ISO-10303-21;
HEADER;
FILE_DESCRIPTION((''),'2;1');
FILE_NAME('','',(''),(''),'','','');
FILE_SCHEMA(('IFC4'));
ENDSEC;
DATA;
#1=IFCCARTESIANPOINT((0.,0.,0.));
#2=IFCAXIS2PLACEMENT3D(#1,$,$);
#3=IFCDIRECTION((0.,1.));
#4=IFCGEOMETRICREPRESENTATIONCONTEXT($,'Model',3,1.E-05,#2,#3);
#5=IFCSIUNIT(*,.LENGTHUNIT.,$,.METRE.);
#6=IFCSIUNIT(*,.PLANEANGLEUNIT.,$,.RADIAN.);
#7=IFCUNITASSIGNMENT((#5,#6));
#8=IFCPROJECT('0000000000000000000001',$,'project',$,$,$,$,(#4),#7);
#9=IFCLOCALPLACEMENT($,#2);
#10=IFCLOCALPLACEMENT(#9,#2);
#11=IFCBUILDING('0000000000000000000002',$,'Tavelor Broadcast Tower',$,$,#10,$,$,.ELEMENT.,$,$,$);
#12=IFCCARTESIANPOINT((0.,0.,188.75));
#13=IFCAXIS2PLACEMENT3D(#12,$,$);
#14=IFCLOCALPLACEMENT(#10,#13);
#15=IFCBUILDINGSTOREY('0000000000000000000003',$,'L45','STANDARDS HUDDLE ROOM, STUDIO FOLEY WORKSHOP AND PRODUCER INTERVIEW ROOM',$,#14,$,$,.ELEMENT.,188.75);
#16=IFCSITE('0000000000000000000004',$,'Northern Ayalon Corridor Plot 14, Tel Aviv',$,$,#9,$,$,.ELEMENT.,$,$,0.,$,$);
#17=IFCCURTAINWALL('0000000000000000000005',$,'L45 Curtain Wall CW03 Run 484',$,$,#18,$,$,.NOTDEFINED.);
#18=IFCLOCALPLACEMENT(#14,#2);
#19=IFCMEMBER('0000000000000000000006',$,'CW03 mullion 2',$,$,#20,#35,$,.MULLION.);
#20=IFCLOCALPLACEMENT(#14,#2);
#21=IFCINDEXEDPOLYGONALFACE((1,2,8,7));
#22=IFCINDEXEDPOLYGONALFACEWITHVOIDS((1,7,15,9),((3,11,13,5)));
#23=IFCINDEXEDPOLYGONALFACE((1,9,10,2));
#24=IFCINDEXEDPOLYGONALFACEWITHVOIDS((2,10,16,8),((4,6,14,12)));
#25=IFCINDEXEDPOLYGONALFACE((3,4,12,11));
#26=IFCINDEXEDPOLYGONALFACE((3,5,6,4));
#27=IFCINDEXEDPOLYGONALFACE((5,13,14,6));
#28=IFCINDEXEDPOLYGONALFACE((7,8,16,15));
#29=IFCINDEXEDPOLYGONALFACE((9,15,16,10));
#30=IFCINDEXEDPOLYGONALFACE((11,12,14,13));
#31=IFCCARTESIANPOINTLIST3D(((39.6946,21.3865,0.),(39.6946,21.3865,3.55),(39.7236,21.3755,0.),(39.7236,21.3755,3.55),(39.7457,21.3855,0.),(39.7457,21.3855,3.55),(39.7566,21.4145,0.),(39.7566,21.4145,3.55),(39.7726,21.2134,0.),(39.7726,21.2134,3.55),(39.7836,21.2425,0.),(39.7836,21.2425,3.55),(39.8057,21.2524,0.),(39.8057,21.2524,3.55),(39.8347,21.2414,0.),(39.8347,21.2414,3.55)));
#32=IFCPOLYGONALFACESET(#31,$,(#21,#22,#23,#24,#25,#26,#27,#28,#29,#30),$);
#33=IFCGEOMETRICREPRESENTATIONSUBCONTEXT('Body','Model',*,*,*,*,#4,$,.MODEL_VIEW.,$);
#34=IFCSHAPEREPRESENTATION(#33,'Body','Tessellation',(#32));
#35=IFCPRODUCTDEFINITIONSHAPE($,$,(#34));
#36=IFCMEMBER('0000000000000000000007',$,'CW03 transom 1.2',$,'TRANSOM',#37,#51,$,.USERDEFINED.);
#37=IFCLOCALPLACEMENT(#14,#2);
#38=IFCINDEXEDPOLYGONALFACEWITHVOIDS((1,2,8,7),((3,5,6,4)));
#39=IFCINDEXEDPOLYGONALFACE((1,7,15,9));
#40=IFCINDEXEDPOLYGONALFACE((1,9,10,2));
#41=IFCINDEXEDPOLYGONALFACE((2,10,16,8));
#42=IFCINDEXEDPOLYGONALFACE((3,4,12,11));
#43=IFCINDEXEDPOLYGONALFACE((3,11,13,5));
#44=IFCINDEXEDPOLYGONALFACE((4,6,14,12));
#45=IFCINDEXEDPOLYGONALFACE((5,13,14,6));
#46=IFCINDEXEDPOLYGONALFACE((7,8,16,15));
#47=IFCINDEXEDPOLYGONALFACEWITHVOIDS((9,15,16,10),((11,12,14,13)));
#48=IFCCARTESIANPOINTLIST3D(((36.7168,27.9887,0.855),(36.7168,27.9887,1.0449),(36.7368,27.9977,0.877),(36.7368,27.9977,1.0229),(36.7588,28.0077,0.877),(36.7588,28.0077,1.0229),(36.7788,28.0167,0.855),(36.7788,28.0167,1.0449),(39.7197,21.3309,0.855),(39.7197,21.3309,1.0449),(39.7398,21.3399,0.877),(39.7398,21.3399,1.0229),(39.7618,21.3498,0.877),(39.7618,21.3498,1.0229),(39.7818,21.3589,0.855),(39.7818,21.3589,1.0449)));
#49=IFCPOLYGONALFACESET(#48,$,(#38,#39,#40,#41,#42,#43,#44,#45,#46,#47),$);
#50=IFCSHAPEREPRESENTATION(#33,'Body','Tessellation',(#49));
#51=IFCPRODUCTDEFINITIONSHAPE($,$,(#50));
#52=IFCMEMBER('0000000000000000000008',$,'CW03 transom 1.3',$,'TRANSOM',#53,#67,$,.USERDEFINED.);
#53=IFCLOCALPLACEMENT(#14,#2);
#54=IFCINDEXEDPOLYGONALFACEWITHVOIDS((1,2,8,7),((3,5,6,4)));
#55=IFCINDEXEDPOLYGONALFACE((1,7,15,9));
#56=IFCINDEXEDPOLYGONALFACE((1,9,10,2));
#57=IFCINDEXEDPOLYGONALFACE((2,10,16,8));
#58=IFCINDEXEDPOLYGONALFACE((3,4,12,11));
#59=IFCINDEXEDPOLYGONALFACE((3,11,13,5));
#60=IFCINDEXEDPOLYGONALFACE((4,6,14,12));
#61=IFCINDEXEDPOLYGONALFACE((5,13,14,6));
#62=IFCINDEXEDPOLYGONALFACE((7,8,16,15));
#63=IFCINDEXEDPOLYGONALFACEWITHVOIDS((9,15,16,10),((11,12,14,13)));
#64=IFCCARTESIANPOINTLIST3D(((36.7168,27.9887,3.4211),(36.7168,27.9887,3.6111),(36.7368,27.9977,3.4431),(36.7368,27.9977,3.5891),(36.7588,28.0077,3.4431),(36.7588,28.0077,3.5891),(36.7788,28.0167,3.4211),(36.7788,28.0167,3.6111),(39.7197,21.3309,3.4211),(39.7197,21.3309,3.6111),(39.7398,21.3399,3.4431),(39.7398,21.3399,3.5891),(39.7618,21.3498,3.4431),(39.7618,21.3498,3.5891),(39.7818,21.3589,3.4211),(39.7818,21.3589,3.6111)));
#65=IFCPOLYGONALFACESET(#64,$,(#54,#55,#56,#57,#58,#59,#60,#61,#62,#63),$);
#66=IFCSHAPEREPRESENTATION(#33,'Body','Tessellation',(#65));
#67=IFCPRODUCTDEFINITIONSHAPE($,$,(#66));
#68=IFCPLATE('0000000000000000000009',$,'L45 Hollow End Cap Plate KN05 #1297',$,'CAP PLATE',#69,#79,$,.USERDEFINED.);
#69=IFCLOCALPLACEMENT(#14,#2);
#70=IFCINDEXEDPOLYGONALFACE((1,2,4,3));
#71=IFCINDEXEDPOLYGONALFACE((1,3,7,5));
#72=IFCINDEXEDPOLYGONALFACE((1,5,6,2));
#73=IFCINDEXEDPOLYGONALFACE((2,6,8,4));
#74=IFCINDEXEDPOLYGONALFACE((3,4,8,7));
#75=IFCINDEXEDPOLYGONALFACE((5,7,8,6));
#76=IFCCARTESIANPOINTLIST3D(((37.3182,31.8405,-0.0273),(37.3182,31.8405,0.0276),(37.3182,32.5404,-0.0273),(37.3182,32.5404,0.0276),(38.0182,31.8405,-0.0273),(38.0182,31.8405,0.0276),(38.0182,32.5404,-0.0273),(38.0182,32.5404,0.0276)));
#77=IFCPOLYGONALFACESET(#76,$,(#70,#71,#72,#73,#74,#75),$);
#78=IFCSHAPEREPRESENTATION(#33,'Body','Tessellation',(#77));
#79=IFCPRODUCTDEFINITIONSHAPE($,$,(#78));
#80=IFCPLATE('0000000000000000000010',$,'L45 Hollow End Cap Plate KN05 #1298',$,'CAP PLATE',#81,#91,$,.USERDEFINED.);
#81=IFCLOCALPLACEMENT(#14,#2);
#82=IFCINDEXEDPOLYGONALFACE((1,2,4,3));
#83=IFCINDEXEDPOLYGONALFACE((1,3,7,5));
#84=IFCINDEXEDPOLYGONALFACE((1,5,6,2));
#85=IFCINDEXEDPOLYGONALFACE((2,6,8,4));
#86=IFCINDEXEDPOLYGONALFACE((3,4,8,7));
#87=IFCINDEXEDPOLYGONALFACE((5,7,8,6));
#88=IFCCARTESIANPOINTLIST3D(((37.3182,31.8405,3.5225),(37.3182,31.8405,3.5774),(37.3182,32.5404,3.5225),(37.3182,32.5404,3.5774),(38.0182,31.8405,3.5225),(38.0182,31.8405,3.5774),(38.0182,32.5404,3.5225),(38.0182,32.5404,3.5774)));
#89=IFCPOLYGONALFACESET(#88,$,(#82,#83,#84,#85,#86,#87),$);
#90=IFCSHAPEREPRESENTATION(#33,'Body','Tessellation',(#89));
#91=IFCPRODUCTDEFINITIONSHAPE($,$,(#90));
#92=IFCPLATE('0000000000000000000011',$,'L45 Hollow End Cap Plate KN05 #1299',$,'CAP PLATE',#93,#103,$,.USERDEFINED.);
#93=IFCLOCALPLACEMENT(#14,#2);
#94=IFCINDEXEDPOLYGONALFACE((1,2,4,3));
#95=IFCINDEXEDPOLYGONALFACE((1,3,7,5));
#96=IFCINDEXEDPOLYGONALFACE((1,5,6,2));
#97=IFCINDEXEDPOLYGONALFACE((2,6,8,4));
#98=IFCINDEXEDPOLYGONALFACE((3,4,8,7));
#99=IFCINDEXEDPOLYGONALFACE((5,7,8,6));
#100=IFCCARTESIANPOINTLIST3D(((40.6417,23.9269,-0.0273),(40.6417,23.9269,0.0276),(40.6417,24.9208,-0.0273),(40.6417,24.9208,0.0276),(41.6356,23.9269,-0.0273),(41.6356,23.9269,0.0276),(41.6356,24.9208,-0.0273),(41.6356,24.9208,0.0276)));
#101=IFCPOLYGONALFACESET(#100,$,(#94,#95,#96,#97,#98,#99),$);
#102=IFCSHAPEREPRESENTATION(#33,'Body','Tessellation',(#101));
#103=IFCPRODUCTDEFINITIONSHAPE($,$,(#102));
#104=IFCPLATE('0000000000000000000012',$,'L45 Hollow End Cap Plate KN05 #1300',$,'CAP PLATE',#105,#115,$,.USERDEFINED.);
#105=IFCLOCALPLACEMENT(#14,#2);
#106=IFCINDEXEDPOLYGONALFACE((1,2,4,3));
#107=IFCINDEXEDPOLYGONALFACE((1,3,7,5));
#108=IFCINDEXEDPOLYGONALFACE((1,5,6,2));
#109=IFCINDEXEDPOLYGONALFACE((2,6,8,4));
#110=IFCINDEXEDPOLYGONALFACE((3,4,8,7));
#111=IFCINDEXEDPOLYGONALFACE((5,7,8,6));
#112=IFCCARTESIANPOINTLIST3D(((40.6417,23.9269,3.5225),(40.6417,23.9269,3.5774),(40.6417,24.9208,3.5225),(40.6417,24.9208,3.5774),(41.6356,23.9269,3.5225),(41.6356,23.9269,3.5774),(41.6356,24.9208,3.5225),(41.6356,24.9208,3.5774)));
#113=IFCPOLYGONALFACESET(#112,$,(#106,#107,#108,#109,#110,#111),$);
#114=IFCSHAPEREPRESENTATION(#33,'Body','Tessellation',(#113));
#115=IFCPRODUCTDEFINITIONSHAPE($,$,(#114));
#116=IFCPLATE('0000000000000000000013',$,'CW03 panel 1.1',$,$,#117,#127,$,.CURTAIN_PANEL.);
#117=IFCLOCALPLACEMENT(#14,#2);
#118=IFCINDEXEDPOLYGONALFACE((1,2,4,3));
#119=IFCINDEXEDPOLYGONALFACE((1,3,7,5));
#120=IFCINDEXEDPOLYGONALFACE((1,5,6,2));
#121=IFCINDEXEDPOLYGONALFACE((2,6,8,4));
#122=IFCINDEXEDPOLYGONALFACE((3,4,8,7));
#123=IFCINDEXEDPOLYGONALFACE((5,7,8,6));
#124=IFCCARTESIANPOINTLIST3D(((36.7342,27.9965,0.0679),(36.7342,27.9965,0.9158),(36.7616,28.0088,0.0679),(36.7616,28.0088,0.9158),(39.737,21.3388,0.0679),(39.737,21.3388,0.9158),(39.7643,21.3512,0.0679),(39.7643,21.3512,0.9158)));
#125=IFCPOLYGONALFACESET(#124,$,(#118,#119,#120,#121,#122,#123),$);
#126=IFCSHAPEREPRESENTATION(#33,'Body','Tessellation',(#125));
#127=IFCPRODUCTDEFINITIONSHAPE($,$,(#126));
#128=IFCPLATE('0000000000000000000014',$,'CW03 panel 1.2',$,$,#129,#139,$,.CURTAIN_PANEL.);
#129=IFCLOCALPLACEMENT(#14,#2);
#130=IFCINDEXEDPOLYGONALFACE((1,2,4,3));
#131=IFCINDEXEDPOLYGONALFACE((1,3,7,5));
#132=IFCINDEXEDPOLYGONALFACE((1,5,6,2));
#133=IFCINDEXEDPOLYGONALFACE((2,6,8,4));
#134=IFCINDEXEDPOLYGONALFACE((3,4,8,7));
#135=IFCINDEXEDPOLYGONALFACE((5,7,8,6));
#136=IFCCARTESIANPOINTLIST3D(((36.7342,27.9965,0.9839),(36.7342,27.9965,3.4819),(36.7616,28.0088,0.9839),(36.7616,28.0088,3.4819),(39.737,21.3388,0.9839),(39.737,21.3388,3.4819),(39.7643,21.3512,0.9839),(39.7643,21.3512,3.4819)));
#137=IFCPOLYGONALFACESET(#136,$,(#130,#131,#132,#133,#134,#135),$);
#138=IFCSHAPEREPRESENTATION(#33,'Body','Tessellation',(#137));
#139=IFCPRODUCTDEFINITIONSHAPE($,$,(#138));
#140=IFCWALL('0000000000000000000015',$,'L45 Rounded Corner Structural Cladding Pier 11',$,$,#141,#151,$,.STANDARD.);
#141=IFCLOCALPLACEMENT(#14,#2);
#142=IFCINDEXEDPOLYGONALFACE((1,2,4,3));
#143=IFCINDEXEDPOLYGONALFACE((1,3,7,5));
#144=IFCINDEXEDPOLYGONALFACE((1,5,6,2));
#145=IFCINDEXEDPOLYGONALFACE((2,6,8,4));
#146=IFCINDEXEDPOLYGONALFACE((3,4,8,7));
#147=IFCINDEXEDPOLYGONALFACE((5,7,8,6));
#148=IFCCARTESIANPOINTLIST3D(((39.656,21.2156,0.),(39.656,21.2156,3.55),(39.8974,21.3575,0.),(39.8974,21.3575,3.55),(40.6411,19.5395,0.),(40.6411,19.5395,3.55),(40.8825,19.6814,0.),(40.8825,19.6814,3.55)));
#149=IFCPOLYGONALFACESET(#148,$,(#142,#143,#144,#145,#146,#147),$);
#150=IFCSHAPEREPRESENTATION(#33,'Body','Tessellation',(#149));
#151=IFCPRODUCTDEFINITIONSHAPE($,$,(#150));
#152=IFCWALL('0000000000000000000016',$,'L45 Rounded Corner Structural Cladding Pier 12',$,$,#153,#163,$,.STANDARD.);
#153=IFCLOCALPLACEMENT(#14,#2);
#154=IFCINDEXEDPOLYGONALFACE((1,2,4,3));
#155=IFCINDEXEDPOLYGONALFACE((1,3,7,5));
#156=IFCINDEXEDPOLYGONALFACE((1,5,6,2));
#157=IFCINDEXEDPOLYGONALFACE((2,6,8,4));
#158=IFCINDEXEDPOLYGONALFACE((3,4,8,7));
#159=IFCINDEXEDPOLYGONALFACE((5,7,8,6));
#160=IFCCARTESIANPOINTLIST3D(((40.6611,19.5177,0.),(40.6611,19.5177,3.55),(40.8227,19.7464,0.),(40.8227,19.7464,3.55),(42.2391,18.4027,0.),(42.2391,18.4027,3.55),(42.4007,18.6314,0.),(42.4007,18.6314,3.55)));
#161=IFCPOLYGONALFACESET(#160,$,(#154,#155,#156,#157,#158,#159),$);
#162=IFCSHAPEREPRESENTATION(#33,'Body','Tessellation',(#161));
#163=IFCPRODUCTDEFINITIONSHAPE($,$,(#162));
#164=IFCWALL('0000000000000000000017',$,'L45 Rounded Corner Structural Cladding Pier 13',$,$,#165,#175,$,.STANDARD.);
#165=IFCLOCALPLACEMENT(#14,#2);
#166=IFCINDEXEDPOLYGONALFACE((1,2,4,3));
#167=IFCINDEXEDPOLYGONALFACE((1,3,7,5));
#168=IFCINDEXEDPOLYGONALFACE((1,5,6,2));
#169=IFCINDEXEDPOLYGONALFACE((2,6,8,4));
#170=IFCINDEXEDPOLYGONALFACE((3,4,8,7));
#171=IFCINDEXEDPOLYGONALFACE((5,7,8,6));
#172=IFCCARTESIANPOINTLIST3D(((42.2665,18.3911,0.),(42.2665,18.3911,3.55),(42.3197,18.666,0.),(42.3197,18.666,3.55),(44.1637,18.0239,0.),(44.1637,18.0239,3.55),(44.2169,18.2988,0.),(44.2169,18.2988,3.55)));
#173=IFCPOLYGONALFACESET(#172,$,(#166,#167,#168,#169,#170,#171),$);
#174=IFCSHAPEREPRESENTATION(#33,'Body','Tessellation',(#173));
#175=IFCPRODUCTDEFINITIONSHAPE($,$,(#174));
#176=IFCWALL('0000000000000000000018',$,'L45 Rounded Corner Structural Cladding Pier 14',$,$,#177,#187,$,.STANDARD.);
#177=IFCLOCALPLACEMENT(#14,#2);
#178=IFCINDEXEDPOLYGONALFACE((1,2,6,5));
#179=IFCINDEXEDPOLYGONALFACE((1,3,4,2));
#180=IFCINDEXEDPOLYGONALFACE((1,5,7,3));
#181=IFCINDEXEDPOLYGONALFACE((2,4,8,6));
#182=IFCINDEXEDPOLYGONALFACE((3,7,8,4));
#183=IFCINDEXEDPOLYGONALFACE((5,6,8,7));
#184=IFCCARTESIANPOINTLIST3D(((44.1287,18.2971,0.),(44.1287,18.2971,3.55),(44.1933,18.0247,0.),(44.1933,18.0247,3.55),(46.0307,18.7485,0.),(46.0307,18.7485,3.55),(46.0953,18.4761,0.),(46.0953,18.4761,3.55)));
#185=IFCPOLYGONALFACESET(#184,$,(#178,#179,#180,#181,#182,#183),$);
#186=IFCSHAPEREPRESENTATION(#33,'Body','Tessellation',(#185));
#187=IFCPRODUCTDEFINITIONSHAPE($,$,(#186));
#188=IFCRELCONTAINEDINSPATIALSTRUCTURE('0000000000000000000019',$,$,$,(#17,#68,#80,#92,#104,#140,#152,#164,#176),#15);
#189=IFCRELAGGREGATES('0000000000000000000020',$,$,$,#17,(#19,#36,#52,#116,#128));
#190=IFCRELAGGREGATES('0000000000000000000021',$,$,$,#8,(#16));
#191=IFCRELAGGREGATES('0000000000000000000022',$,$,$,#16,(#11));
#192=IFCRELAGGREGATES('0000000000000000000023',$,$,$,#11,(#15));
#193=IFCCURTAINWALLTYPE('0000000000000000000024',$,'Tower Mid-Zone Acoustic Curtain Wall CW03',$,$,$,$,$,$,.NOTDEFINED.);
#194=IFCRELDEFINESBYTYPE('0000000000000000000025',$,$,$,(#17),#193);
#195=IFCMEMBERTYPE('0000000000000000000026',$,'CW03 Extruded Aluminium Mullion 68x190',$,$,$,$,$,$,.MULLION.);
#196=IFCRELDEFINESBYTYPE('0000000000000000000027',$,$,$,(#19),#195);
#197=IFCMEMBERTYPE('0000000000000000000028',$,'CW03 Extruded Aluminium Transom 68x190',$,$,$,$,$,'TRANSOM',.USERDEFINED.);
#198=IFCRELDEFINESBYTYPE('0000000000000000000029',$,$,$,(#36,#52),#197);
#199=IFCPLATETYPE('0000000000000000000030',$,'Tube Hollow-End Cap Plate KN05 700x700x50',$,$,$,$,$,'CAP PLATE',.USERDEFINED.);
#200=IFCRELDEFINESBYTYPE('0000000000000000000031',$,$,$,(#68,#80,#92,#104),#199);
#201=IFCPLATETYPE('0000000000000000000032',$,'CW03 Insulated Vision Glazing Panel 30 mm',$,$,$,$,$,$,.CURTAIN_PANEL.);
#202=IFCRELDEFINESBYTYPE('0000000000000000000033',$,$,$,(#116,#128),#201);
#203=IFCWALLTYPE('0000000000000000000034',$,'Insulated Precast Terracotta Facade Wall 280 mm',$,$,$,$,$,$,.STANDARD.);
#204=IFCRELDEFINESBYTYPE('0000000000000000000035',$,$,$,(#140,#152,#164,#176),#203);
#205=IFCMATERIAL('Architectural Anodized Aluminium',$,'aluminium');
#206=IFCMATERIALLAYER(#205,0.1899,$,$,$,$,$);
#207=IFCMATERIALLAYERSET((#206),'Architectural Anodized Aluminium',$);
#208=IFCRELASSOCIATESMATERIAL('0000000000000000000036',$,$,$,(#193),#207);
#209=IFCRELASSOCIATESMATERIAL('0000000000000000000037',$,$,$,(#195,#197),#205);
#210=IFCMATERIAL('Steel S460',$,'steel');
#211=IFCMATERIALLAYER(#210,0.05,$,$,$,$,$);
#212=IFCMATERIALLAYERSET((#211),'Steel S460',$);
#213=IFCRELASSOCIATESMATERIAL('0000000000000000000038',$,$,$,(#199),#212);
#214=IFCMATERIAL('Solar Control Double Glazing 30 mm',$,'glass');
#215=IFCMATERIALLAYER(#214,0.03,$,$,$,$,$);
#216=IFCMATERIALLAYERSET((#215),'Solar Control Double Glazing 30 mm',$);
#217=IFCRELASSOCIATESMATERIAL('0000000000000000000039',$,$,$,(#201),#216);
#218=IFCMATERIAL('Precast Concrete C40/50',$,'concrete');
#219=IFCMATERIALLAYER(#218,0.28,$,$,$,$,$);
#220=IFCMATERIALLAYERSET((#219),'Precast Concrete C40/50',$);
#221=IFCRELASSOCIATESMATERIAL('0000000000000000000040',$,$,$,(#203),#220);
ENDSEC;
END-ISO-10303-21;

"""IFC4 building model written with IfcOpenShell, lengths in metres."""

from ifc_helpers import new_model, si_unit, direction, frame, frame_2d, origin, origin_2d, place, context, subcontext, project, spatial, rectangle, hollow_rectangle, extrude, source, transform, mapped, material, layer, layer_set, material_profile, profile_set, type_object, type_shapes, element, aggregate, save


model = new_model("IFC4")

# Units and contexts
model_context = context("Model", 3, precision=1e-05, world=origin(), true_north=direction((0.0, 1.0)))
body_context = subcontext(model_context, "Body", "Model", "MODEL_VIEW")
ifc_project = project(units=[si_unit("LENGTHUNIT", "METRE"), si_unit("PLANEANGLEUNIT", "RADIAN")], contexts=[model_context])

# Site, building, storey
site_placement = place(None, origin())
site = spatial("IfcSite", under=ifc_project, at=site_placement, Name="Northern Ayalon Corridor Plot 14, Tel Aviv", CompositionType="ELEMENT", RefElevation=0.0)
building_placement = place(site_placement, origin())
building = spatial("IfcBuilding", under=site, at=building_placement, Name="Tavelor Broadcast Tower", CompositionType="ELEMENT")
storey_placement = place(building_placement, frame((0.0, 0.0, 188.75)))
storey = spatial("IfcBuildingStorey", under=building, at=storey_placement, Name="L45", Description="STANDARDS HUDDLE ROOM, STUDIO FOLEY WORKSHOP AND PRODUCER INTERVIEW ROOM", CompositionType="ELEMENT", Elevation=188.75)

# Shared definitions
ifc_material_1 = material(Name="Steel S460", Category="steel")

# Curtain wall, members
ifc_material_2 = material(Name="Architectural Anodized Aluminium", Category="aluminium")
ifc_layer_1 = layer(ifc_material_2, 0.1899)
ifc_layer_set_1 = layer_set([ifc_layer_1], Name="Architectural Anodized Aluminium")
curtain_wall_type = type_object("IfcCurtainWallType", Name="Tower Mid-Zone Acoustic Curtain Wall CW03", PredefinedType="NOTDEFINED", material=ifc_layer_set_1)
curtain_wall_placement = place(storey_placement, origin())
curtain_wall = element("IfcCurtainWall", 1, at=curtain_wall_placement, inside=storey, type_object=curtain_wall_type, Name="L45 Curtain Wall CW03 Run 484", PredefinedType="NOTDEFINED")
ifc_material_profile_1 = material_profile(ifc_material_2, hollow_rectangle(XDim=0.0681, YDim=0.1899, WallThickness=0.022, at=origin_2d()), Name="RHS 68x190x22")
ifc_profile_set_1 = profile_set([ifc_material_profile_1], Name="Architectural Anodized Aluminium")
member_type_1 = type_object("IfcMemberType", Name="CW03 Extruded Aluminium Mullion 68x190", PredefinedType="MULLION", material=ifc_profile_set_1)
shared_shape_1 = source(origin(), body_context, "Body", "SweptSolid", [
    extrude(hollow_rectangle(XDim=0.0681, YDim=0.1899, WallThickness=0.022, at=origin_2d()), origin(), (0.0, 0.0, 1.0), 3.55),
])
type_shapes(member_type_1, [shared_shape_1])
member_1_placement = place(storey_placement, frame((39.7646, 21.314, 0.0), z_axis=(0.0, 0.0, 1.0), x_axis=(0.911572, 0.41114, 0.0)))
member_1 = element("IfcMember", 2, at=member_1_placement, type_object=member_type_1, Name="CW03 mullion 2", PredefinedType="MULLION", context=body_context, shape_type="MappedRepresentation", body=[
    mapped(shared_shape_1, transform((0.0, 0.0, 0.0), scale=1.0)),
])
ifc_material_profile_2 = material_profile(ifc_material_2, hollow_rectangle(XDim=0.0681, YDim=0.1899, WallThickness=0.022, at=origin_2d()), Name="RHS 68x190x22")
ifc_profile_set_2 = profile_set([ifc_material_profile_2], Name="Architectural Anodized Aluminium")
member_type_2 = type_object("IfcMemberType", Name="CW03 Extruded Aluminium Transom 68x190", ElementType="TRANSOM", PredefinedType="USERDEFINED", material=ifc_profile_set_2)
shared_shape_2 = source(origin(), body_context, "Body", "SweptSolid", [
    extrude(hollow_rectangle(XDim=0.0681, YDim=0.1899, WallThickness=0.022, at=origin_2d()), origin(), (0.0, 0.0, 1.0), 7.3037),
])
type_shapes(member_type_2, [shared_shape_2])
member_2_placement = place(storey_placement, frame((36.7478, 28.0027, 0.95), z_axis=(0.411157, -0.911565, 0.0), x_axis=(0.911565, 0.411157, 0.0)))
member_2 = element("IfcMember", 3, at=member_2_placement, type_object=member_type_2, Name="CW03 transom 1.2", ObjectType="TRANSOM", PredefinedType="USERDEFINED", context=body_context, shape_type="MappedRepresentation", body=[
    mapped(shared_shape_2, transform((0.0, 0.0, 0.0), scale=1.0)),
])
member_3_placement = place(storey_placement, frame((36.7478, 28.0027, 3.5161), z_axis=(0.411157, -0.911565, 0.0), x_axis=(0.911565, 0.411157, 0.0)))
member_3 = element("IfcMember", 4, at=member_3_placement, type_object=member_type_2, Name="CW03 transom 1.3", ObjectType="TRANSOM", PredefinedType="USERDEFINED", context=body_context, shape_type="MappedRepresentation", body=[
    mapped(shared_shape_2, transform((0.0, 0.0, 0.0), scale=1.0)),
])

# Plates
ifc_layer_2 = layer(ifc_material_1, 0.05)
ifc_layer_set_2 = layer_set([ifc_layer_2], Name="Steel S460")
plate_type_1 = type_object("IfcPlateType", Name="Tube Hollow-End Cap Plate KN05 700x700x50", ElementType="CAP PLATE", PredefinedType="USERDEFINED", material=ifc_layer_set_2)
shared_shape_3 = source(origin(), body_context, "Body", "SweptSolid", [
    extrude(rectangle(XDim=0.7, YDim=0.7, at=origin_2d()), origin(), (0.0, 0.0, 1.0), 0.0549),
])
for number, where, z_axis, x_axis, name in (
    (5, (37.6682, 32.1904, -0.0273), (0.0, 0.0, 1.0), (1.0, 0.0, 0.0), "L45 Hollow End Cap Plate KN05 #1297"),
    (6, (37.6682, 32.1904, 3.5225), (0.0, 0.0, 1.0), (1.0, 0.0, 0.0), "L45 Hollow End Cap Plate KN05 #1298"),
):
    element("IfcPlate", number, at=place(storey_placement, frame(where, z_axis=z_axis, x_axis=x_axis)), inside=storey, type_object=plate_type_1, Name=name, ObjectType="CAP PLATE", PredefinedType="USERDEFINED", context=body_context, shape_type="MappedRepresentation", body=[
        mapped(shared_shape_3, transform((0.0, 0.0, 0.0), scale=1.0)),
    ])
shared_shape_4 = source(origin(), body_context, "Body", "SweptSolid", [
    extrude(rectangle(XDim=0.9939, YDim=0.9939, at=origin_2d()), origin(), (0.0, 0.0, 1.0), 0.0549),
])
type_shapes(plate_type_1, [shared_shape_3, shared_shape_4])
for number, where, z_axis, x_axis, name in (
    (7, (41.1387, 24.4238, -0.0273), (0.0, 0.0, 1.0), (1.0, 0.0, 0.0), "L45 Hollow End Cap Plate KN05 #1299"),
    (8, (41.1387, 24.4238, 3.5225), (0.0, 0.0, 1.0), (1.0, 0.0, 0.0), "L45 Hollow End Cap Plate KN05 #1300"),
):
    element("IfcPlate", number, at=place(storey_placement, frame(where, z_axis=z_axis, x_axis=x_axis)), inside=storey, type_object=plate_type_1, Name=name, ObjectType="CAP PLATE", PredefinedType="USERDEFINED", context=body_context, shape_type="MappedRepresentation", body=[
        mapped(shared_shape_4, transform((0.0, 0.0, 0.0), scale=1.0)),
    ])

# Plates
ifc_material_3 = material(Name="Solar Control Double Glazing 30 mm", Category="glass")
ifc_layer_3 = layer(ifc_material_3, 0.03)
ifc_layer_set_3 = layer_set([ifc_layer_3], Name="Solar Control Double Glazing 30 mm")
plate_type_2 = type_object("IfcPlateType", Name="CW03 Insulated Vision Glazing Panel 30 mm", PredefinedType="CURTAIN_PANEL", material=ifc_layer_set_3)
shared_shape_5 = source(origin(), body_context, "Body", "SweptSolid", [
    extrude(rectangle(XDim=7.3035, YDim=0.03, at=origin_2d()), origin(), (0.0, 0.0, 1.0), 0.8479),
])
plate_1_placement = place(storey_placement, frame((38.2493, 24.6738, 0.0679), z_axis=(0.0, 0.0, 1.0), x_axis=(0.41114, -0.911572, 0.0)))
plate_1 = element("IfcPlate", 9, at=plate_1_placement, type_object=plate_type_2, Name="CW03 panel 1.1", PredefinedType="CURTAIN_PANEL", context=body_context, shape_type="MappedRepresentation", body=[
    mapped(shared_shape_5, transform((0.0, 0.0, 0.0), scale=1.0)),
])
shared_shape_6 = source(origin(), body_context, "Body", "SweptSolid", [
    extrude(rectangle(XDim=7.3035, YDim=0.03, at=origin_2d()), origin(), (0.0, 0.0, 1.0), 2.498),
])
type_shapes(plate_type_2, [shared_shape_5, shared_shape_6])
plate_2_placement = place(storey_placement, frame((38.2493, 24.6738, 0.9839), z_axis=(0.0, 0.0, 1.0), x_axis=(0.41114, -0.911572, 0.0)))
plate_2 = element("IfcPlate", 10, at=plate_2_placement, type_object=plate_type_2, Name="CW03 panel 1.2", PredefinedType="CURTAIN_PANEL", context=body_context, shape_type="MappedRepresentation", body=[
    mapped(shared_shape_6, transform((0.0, 0.0, 0.0), scale=1.0)),
])
aggregate(curtain_wall, [member_1, member_2, member_3, plate_1, plate_2])

# Walls
ifc_material_4 = material(Name="Precast Concrete C40/50", Category="concrete")
ifc_layer_4 = layer(ifc_material_4, 0.28)
ifc_layer_set_4 = layer_set([ifc_layer_4], Name="Precast Concrete C40/50")
wall_type_1 = type_object("IfcWallType", Name="Insulated Precast Terracotta Facade Wall 280 mm", PredefinedType="STANDARD", material=ifc_layer_set_4)
wall_1_placement = place(storey_placement, frame((39.7766, 21.2866, 0.0), z_axis=(0.0, 0.0, 1.0), x_axis=(0.506718, -0.862112, 0.0)))
element("IfcWall", 11, at=wall_1_placement, inside=storey, type_object=wall_type_1, Name="L45 Rounded Corner Structural Cladding Pier 11", PredefinedType="STANDARD", context=body_context, shape_type="SweptSolid", body=[
    extrude(rectangle(XDim=1.9441, YDim=0.28, at=frame_2d((0.9722, 0.0))), origin(), (0.0, 0.0, 1.0), 3.55),
])
wall_2_placement = place(storey_placement, frame((40.7419, 19.6321, 0.0), z_axis=(0.0, 0.0, 1.0), x_axis=(0.816677, -0.577095, 0.0)))
element("IfcWall", 12, at=wall_2_placement, inside=storey, type_object=wall_type_1, Name="L45 Rounded Corner Structural Cladding Pier 12", PredefinedType="STANDARD", context=body_context, shape_type="SweptSolid", body=[
    extrude(rectangle(XDim=1.9321, YDim=0.28, at=frame_2d((0.9661, 0.0))), origin(), (0.0, 0.0, 1.0), 3.55),
])
wall_3_placement = place(storey_placement, frame((42.293, 18.5286, 0.0), z_axis=(0.0, 0.0, 1.0), x_axis=(0.981781, -0.190014, 0.0)))
element("IfcWall", 13, at=wall_3_placement, inside=storey, type_object=wall_type_1, Name="L45 Rounded Corner Structural Cladding Pier 13", PredefinedType="STANDARD", context=body_context, shape_type="SweptSolid", body=[
    extrude(rectangle(XDim=1.9324, YDim=0.28, at=frame_2d((0.9663, 0.0))), origin(), (0.0, 0.0, 1.0), 3.55),
])
wall_4_placement = place(storey_placement, frame((44.1609, 18.1609, 0.0), z_axis=(0.0, 0.0, 1.0), x_axis=(0.972975, 0.230911, 0.0)))
element("IfcWall", 14, at=wall_4_placement, inside=storey, type_object=wall_type_1, Name="L45 Rounded Corner Structural Cladding Pier 14", PredefinedType="STANDARD", context=body_context, shape_type="SweptSolid", body=[
    extrude(rectangle(XDim=1.9548, YDim=0.28, at=frame_2d((0.9775, 0.0))), origin(), (0.0, 0.0, 1.0), 3.55),
])

save(model, "model.ifc")
